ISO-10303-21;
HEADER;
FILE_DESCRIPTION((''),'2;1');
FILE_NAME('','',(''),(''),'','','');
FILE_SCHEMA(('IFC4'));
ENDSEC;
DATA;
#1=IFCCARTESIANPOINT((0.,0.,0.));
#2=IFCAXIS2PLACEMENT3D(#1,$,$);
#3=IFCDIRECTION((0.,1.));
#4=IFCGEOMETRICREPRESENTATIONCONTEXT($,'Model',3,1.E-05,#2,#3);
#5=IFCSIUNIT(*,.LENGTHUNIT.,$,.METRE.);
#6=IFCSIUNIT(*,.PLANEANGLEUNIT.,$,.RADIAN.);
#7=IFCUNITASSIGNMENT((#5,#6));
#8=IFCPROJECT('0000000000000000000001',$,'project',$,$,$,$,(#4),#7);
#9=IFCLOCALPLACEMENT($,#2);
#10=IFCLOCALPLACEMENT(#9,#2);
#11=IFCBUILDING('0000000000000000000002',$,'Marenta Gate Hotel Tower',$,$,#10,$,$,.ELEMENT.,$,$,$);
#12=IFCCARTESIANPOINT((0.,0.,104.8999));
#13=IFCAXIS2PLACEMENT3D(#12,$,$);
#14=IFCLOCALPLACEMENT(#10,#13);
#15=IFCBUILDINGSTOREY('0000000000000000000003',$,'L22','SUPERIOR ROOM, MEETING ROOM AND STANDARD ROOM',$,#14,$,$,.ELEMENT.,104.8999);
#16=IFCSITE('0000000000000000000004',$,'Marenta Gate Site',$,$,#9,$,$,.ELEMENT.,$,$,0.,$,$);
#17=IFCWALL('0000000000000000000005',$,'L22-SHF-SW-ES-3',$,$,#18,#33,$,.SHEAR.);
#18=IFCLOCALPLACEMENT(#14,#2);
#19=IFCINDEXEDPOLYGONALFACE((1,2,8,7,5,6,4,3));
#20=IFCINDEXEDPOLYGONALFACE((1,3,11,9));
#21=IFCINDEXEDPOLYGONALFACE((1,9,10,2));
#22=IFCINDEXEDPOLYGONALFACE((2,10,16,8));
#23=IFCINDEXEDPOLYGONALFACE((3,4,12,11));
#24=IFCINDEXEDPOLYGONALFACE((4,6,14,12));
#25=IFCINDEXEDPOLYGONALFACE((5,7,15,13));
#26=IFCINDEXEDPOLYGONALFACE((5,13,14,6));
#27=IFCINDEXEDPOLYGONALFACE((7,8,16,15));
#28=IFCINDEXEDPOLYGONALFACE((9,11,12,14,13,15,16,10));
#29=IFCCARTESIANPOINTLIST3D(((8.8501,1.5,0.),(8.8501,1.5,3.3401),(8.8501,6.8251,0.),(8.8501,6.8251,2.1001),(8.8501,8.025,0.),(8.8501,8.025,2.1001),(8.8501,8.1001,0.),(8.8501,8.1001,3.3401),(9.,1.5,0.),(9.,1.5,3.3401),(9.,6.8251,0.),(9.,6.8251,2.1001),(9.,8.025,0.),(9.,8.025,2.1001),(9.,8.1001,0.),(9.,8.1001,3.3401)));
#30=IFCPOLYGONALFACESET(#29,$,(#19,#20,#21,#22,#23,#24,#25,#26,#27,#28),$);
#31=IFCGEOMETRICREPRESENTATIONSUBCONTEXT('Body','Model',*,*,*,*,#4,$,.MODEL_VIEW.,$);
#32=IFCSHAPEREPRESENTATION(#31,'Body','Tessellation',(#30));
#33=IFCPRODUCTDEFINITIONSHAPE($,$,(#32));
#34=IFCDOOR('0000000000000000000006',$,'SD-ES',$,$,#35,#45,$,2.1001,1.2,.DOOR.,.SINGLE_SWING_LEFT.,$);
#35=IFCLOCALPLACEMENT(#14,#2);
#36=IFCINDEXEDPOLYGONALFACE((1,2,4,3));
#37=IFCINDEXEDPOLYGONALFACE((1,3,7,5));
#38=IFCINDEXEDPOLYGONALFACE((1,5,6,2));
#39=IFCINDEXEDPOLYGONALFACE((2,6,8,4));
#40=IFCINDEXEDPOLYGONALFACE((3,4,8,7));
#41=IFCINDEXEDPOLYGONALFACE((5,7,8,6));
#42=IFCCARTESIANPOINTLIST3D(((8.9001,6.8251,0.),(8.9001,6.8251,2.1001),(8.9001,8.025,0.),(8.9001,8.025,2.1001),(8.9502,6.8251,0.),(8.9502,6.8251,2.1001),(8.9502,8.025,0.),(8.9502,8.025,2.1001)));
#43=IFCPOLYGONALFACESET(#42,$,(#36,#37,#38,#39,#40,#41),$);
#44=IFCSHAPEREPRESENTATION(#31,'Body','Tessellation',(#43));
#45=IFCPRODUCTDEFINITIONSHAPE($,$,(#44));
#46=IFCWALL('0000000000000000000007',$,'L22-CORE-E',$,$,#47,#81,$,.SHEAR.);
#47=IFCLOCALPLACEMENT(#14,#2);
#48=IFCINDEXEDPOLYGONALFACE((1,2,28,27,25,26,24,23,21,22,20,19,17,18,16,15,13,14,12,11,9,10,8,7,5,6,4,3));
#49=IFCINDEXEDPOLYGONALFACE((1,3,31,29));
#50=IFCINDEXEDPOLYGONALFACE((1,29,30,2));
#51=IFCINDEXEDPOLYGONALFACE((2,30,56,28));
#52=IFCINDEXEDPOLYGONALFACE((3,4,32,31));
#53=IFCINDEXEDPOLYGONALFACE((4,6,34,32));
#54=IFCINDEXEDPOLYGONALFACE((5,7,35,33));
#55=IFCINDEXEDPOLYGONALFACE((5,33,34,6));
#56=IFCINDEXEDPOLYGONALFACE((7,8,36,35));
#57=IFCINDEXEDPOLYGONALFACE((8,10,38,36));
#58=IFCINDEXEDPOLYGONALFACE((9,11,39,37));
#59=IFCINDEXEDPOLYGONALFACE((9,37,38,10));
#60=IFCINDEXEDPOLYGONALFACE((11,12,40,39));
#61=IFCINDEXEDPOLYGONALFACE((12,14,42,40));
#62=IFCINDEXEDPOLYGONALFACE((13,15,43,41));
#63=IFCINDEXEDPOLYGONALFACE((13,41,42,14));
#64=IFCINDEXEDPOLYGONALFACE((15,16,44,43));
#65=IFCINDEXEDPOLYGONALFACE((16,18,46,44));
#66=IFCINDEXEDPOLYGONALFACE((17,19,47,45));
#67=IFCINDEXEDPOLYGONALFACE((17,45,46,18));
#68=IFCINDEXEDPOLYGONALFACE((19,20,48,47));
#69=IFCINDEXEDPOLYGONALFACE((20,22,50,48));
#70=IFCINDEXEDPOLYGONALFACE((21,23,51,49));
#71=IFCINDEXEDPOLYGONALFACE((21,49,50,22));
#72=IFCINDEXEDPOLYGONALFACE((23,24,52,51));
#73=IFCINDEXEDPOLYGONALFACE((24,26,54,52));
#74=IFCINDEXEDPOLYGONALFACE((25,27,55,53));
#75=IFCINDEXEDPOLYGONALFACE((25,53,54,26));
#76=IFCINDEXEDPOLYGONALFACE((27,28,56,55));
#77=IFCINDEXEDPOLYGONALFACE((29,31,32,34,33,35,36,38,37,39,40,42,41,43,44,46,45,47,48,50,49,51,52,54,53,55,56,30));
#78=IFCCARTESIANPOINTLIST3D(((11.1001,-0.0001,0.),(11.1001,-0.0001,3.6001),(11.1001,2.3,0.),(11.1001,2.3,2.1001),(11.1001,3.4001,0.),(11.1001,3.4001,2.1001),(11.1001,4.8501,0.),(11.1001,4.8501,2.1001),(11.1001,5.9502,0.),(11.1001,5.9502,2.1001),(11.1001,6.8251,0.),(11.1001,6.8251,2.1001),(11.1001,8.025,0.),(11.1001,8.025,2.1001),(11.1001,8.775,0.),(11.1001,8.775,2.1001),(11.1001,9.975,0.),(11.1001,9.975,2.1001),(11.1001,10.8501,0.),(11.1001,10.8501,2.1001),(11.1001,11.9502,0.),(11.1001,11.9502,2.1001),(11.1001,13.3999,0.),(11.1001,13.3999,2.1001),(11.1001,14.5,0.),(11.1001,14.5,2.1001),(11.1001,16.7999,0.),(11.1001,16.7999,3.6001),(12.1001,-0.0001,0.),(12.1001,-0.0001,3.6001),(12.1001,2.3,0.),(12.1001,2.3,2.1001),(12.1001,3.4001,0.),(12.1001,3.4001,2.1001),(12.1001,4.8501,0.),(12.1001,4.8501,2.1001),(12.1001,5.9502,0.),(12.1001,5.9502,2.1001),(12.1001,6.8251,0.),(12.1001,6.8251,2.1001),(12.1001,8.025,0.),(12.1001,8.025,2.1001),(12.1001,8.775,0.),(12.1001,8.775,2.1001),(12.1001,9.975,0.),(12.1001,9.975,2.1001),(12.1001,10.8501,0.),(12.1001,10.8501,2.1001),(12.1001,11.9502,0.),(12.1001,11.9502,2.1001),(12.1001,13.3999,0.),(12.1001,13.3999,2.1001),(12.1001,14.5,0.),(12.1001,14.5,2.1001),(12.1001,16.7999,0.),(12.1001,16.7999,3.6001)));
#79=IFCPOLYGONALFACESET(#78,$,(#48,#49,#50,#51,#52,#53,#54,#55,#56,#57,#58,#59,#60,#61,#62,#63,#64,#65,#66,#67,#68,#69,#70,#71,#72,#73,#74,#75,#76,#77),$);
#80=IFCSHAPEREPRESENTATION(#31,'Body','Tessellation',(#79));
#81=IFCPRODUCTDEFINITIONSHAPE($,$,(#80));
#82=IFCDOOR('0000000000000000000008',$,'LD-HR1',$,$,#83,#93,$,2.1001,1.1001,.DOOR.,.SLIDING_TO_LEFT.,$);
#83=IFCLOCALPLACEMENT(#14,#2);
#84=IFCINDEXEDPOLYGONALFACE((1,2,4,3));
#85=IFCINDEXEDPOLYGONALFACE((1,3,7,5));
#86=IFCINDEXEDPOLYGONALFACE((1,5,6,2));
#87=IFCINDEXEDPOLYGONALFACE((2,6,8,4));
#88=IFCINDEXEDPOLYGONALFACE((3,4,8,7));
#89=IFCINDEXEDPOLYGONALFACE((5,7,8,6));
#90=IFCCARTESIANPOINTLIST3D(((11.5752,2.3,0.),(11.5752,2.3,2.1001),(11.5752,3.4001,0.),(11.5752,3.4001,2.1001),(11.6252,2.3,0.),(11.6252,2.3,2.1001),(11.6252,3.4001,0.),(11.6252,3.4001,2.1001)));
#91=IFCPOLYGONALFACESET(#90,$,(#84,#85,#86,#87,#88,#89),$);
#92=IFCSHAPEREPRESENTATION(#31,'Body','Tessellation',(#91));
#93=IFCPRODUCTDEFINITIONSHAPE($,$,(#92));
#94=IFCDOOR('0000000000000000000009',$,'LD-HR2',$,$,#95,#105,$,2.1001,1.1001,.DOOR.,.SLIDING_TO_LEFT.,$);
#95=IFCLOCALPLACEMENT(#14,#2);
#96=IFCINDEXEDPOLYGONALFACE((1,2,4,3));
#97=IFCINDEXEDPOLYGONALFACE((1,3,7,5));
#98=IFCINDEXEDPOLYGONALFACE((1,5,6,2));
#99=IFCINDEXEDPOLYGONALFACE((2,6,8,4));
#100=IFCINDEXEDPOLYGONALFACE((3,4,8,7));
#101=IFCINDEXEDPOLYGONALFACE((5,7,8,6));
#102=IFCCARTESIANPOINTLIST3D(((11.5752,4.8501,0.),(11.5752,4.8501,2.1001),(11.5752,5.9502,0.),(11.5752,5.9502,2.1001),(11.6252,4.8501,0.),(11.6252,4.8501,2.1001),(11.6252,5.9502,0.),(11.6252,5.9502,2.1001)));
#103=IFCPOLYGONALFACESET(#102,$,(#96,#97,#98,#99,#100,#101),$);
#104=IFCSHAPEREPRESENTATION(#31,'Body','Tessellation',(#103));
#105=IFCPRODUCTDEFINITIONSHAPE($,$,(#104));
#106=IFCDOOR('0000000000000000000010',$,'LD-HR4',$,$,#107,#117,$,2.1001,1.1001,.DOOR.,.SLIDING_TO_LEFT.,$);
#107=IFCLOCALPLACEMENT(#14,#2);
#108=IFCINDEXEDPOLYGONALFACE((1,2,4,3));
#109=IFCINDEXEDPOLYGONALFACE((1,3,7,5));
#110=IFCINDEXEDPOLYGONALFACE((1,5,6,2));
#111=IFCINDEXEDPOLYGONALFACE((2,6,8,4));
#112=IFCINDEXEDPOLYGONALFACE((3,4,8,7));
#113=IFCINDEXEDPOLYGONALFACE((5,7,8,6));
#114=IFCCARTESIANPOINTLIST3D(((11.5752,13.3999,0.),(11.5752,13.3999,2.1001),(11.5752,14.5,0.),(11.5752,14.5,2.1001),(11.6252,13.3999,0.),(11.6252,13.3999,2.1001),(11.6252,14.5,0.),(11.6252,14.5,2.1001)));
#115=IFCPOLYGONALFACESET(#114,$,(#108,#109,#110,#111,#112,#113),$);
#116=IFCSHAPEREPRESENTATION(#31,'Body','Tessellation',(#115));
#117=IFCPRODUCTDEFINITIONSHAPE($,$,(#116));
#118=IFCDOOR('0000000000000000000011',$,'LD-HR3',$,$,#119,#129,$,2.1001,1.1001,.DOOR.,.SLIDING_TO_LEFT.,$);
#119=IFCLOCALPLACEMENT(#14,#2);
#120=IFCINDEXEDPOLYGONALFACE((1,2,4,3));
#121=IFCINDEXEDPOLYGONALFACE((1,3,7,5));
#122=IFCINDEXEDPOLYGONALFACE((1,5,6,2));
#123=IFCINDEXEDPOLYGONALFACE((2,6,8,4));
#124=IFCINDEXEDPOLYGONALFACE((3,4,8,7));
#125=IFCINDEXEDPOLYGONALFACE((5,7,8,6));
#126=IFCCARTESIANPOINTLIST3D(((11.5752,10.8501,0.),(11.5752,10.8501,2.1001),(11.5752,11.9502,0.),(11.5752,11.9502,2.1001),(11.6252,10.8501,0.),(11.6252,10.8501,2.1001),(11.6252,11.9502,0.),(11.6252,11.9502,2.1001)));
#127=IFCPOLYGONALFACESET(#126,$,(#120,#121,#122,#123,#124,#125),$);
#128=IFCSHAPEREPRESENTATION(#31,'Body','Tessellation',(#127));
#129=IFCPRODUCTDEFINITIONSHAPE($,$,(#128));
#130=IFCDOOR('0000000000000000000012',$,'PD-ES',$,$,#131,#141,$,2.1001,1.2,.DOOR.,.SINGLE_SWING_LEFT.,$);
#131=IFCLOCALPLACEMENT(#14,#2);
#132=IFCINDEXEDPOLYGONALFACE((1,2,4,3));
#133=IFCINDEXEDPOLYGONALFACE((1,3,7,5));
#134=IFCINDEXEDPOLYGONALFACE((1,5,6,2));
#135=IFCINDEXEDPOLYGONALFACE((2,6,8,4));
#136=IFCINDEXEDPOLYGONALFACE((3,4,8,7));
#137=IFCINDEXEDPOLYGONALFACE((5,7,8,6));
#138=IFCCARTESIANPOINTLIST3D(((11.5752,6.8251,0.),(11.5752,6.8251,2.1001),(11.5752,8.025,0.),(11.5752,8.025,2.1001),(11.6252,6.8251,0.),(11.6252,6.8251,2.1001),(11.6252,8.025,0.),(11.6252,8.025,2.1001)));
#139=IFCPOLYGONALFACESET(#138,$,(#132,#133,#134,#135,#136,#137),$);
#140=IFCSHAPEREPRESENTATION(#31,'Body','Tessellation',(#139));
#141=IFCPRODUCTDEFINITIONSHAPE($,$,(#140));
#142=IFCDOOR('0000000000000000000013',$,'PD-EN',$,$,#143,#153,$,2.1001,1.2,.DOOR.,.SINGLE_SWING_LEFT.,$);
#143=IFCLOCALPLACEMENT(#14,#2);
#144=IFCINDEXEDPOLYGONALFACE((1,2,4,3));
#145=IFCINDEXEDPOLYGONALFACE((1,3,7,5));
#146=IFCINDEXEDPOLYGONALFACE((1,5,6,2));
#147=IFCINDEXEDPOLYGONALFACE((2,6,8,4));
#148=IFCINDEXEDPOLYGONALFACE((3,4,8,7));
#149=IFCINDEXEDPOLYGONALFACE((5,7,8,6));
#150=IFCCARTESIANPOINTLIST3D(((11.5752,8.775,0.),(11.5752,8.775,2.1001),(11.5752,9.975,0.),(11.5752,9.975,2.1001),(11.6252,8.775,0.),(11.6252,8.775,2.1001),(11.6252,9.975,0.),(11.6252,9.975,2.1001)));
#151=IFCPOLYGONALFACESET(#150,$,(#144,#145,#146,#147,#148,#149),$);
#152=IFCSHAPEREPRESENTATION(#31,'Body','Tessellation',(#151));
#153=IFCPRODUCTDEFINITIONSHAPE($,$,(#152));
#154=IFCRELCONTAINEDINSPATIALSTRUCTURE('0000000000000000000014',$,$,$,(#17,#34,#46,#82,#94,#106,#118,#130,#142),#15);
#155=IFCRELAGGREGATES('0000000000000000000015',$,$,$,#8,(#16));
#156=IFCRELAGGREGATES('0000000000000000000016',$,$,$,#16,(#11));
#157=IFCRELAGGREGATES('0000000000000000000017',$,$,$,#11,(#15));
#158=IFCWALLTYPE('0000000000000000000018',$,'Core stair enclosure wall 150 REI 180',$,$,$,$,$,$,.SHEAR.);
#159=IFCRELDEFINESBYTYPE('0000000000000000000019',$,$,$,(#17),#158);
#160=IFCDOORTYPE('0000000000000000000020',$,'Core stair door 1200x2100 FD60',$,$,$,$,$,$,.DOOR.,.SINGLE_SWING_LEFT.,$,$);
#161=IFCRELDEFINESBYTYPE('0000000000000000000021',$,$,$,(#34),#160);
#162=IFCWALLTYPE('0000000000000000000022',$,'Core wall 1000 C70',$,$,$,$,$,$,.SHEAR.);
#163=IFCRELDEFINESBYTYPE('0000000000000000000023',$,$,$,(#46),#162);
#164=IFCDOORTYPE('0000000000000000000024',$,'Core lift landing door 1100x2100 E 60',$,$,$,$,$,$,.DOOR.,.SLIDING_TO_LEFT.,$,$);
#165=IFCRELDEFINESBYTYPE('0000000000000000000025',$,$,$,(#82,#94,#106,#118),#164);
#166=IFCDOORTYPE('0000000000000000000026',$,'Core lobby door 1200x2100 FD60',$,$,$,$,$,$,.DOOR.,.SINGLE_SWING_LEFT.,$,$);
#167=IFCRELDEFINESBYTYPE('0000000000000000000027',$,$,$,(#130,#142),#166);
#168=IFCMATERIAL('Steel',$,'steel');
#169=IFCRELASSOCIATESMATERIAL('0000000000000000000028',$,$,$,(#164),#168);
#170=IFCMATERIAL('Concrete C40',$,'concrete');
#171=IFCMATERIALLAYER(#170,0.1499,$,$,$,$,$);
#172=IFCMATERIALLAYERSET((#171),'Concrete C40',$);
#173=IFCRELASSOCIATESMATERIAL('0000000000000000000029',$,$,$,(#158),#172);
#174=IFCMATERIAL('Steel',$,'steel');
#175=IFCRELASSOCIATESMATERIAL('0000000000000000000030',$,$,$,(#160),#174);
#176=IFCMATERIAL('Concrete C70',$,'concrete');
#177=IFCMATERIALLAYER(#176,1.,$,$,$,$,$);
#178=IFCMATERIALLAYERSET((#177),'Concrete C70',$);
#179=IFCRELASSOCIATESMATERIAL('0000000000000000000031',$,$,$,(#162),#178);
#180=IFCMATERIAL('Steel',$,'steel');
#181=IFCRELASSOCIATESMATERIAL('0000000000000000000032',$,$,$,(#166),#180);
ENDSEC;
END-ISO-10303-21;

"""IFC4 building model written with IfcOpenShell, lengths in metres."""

from ifc_helpers import new_model, si_unit, direction, frame, frame_2d, origin, place, context, subcontext, project, spatial, rectangle, extrude, material, layer, layer_set, type_object, element, fill, save


model = new_model("IFC4")

# Units and contexts
model_context = context("Model", 3, precision=1e-05, world=origin(), true_north=direction((0.0, 1.0)))
body_context = subcontext(model_context, "Body", "Model", "MODEL_VIEW")
ifc_project = project(units=[si_unit("LENGTHUNIT", "METRE"), si_unit("PLANEANGLEUNIT", "RADIAN")], contexts=[model_context])

# Site, building, storey
site_placement = place(None, origin())
site = spatial("IfcSite", under=ifc_project, at=site_placement, Name="Marenta Gate Site", CompositionType="ELEMENT", RefElevation=0.0)
building_placement = place(site_placement, origin())
building = spatial("IfcBuilding", under=site, at=building_placement, Name="Marenta Gate Hotel Tower", CompositionType="ELEMENT")
storey_placement = place(building_placement, frame((0.0, 0.0, 104.8999)))
storey = spatial("IfcBuildingStorey", under=building, at=storey_placement, Name="L22", Description="SUPERIOR ROOM, MEETING ROOM AND STANDARD ROOM", CompositionType="ELEMENT", Elevation=104.8999)

# Shared definitions
ifc_material_1 = material(Name="Steel", Category="steel")
door_type_1 = type_object("IfcDoorType", Name="Core lift landing door 1100x2100 E 60", OperationType="SLIDING_TO_LEFT", PredefinedType="DOOR", material=ifc_material_1)

# Wall, opening, door
ifc_material_2 = material(Name="Concrete C40", Category="concrete")
ifc_layer_1 = layer(ifc_material_2, 0.1499)
ifc_layer_set_1 = layer_set([ifc_layer_1], Name="Concrete C40")
wall_type_1 = type_object("IfcWallType", Name="Core stair enclosure wall 150 REI 180", PredefinedType="SHEAR", material=ifc_layer_set_1)
wall_1_placement = place(storey_placement, frame((8.925, 1.5, 0.0), z_axis=(0.0, 0.0, 1.0), x_axis=(0.0, 1.0, 0.0)))
wall_1 = element("IfcWall", 1, at=wall_1_placement, inside=storey, type_object=wall_type_1, Name="L22-SHF-SW-ES-3", PredefinedType="SHEAR", context=body_context, shape_type="SweptSolid", body=[
    extrude(rectangle(XDim=6.6001, YDim=0.1499, at=frame_2d((3.3, 0.0))), origin(), (0.0, 0.0, 1.0), 3.3401),
])
opening_1_placement = place(wall_1_placement, frame((5.325, 0.0, 0.0)))
opening_1 = element("IfcOpeningElement", 2, at=opening_1_placement, cuts=wall_1, PredefinedType="OPENING", context=body_context, shape_type="SweptSolid", body=[
    extrude(rectangle(XDim=1.2, YDim=2.1001, at=frame_2d((0.6001, 1.05))), frame((0.0, 0.075, 0.0), z_axis=(0.0, -1.0, 0.0), x_axis=(1.0, 0.0, 0.0)), (0.0, 0.0, 1.0), 0.1499),
])
ifc_material_3 = material(Name="Steel", Category="steel")
door_type_2 = type_object("IfcDoorType", Name="Core stair door 1200x2100 FD60", OperationType="SINGLE_SWING_LEFT", PredefinedType="DOOR", material=ifc_material_3)
door_1_placement = place(opening_1_placement, origin())
door_1 = element("IfcDoor", 3, at=door_1_placement, inside=storey, type_object=door_type_2, Name="SD-ES", OperationType="SINGLE_SWING_LEFT", OverallHeight=2.1001, OverallWidth=1.2, PredefinedType="DOOR", context=body_context, shape_type="SweptSolid", body=[
    extrude(rectangle(XDim=1.2, YDim=2.1001, at=frame_2d((0.6001, 1.05))), frame((0.0, 0.0249, 0.0), z_axis=(0.0, -1.0, 0.0), x_axis=(1.0, 0.0, 0.0)), (0.0, 0.0, 1.0), 0.05),
])
fill(opening_1, door_1)

# Wall, openings, doors
ifc_material_4 = material(Name="Concrete C70", Category="concrete")
ifc_layer_2 = layer(ifc_material_4, 1.0)
ifc_layer_set_2 = layer_set([ifc_layer_2], Name="Concrete C70")
wall_type_2 = type_object("IfcWallType", Name="Core wall 1000 C70", PredefinedType="SHEAR", material=ifc_layer_set_2)
wall_2_placement = place(storey_placement, frame((11.6001, 0.0, 0.0), z_axis=(0.0, 0.0, 1.0), x_axis=(0.0, 1.0, 0.0)))
wall_2 = element("IfcWall", 4, at=wall_2_placement, inside=storey, type_object=wall_type_2, Name="L22-CORE-E", PredefinedType="SHEAR", context=body_context, shape_type="SweptSolid", body=[
    extrude(rectangle(XDim=16.8, YDim=1.0, at=frame_2d((8.3999, 0.0))), origin(), (0.0, 0.0, 1.0), 3.6001),
])
opening_2_placement = place(wall_2_placement, frame((2.3, 0.0, 0.0)))
opening_2 = element("IfcOpeningElement", 5, at=opening_2_placement, cuts=wall_2, PredefinedType="OPENING", context=body_context, shape_type="SweptSolid", body=[
    extrude(rectangle(XDim=1.1001, YDim=2.1001, at=frame_2d((0.55, 1.05))), frame((0.0, 0.5, 0.0), z_axis=(0.0, -1.0, 0.0), x_axis=(1.0, 0.0, 0.0)), (0.0, 0.0, 1.0), 1.0),
])
opening_3_placement = place(wall_2_placement, frame((4.8501, 0.0, 0.0)))
opening_3 = element("IfcOpeningElement", 6, at=opening_3_placement, cuts=wall_2, PredefinedType="OPENING", context=body_context, shape_type="SweptSolid", body=[
    extrude(rectangle(XDim=1.1001, YDim=2.1001, at=frame_2d((0.55, 1.05))), frame((0.0, 0.5, 0.0), z_axis=(0.0, -1.0, 0.0), x_axis=(1.0, 0.0, 0.0)), (0.0, 0.0, 1.0), 1.0),
])
opening_4_placement = place(wall_2_placement, frame((6.825, 0.0, 0.0)))
opening_4 = element("IfcOpeningElement", 7, at=opening_4_placement, cuts=wall_2, PredefinedType="OPENING", context=body_context, shape_type="SweptSolid", body=[
    extrude(rectangle(XDim=1.2, YDim=2.1001, at=frame_2d((0.6001, 1.05))), frame((0.0, 0.5, 0.0), z_axis=(0.0, -1.0, 0.0), x_axis=(1.0, 0.0, 0.0)), (0.0, 0.0, 1.0), 1.0),
])
opening_5_placement = place(wall_2_placement, frame((13.3999, 0.0, 0.0)))
opening_5 = element("IfcOpeningElement", 8, at=opening_5_placement, cuts=wall_2, PredefinedType="OPENING", context=body_context, shape_type="SweptSolid", body=[
    extrude(rectangle(XDim=1.1001, YDim=2.1001, at=frame_2d((0.55, 1.05))), frame((0.0, 0.5, 0.0), z_axis=(0.0, -1.0, 0.0), x_axis=(1.0, 0.0, 0.0)), (0.0, 0.0, 1.0), 1.0),
])
opening_6_placement = place(wall_2_placement, frame((10.8501, 0.0, 0.0)))
opening_6 = element("IfcOpeningElement", 9, at=opening_6_placement, cuts=wall_2, PredefinedType="OPENING", context=body_context, shape_type="SweptSolid", body=[
    extrude(rectangle(XDim=1.1001, YDim=2.1001, at=frame_2d((0.55, 1.05))), frame((0.0, 0.5, 0.0), z_axis=(0.0, -1.0, 0.0), x_axis=(1.0, 0.0, 0.0)), (0.0, 0.0, 1.0), 1.0),
])
opening_7_placement = place(wall_2_placement, frame((8.7749, 0.0, 0.0)))
opening_7 = element("IfcOpeningElement", 10, at=opening_7_placement, cuts=wall_2, PredefinedType="OPENING", context=body_context, shape_type="SweptSolid", body=[
    extrude(rectangle(XDim=1.2, YDim=2.1001, at=frame_2d((0.6001, 1.05))), frame((0.0, 0.5, 0.0), z_axis=(0.0, -1.0, 0.0), x_axis=(1.0, 0.0, 0.0)), (0.0, 0.0, 1.0), 1.0),
])
door_2_placement = place(opening_2_placement, origin())
door_2 = element("IfcDoor", 11, at=door_2_placement, inside=storey, type_object=door_type_1, Name="LD-HR1", OperationType="SLIDING_TO_LEFT", OverallHeight=2.1001, OverallWidth=1.1001, PredefinedType="DOOR", context=body_context, shape_type="SweptSolid", body=[
    extrude(rectangle(XDim=1.1001, YDim=2.1001, at=frame_2d((0.55, 1.05))), frame((0.0, 0.0249, 0.0), z_axis=(0.0, -1.0, 0.0), x_axis=(1.0, 0.0, 0.0)), (0.0, 0.0, 1.0), 0.05),
])
fill(opening_2, door_2)
door_3_placement = place(opening_3_placement, origin())
door_3 = element("IfcDoor", 12, at=door_3_placement, inside=storey, type_object=door_type_1, Name="LD-HR2", OperationType="SLIDING_TO_LEFT", OverallHeight=2.1001, OverallWidth=1.1001, PredefinedType="DOOR", context=body_context, shape_type="SweptSolid", body=[
    extrude(rectangle(XDim=1.1001, YDim=2.1001, at=frame_2d((0.55, 1.05))), frame((0.0, 0.0249, 0.0), z_axis=(0.0, -1.0, 0.0), x_axis=(1.0, 0.0, 0.0)), (0.0, 0.0, 1.0), 0.05),
])
fill(opening_3, door_3)
door_4_placement = place(opening_5_placement, origin())
door_4 = element("IfcDoor", 13, at=door_4_placement, inside=storey, type_object=door_type_1, Name="LD-HR4", OperationType="SLIDING_TO_LEFT", OverallHeight=2.1001, OverallWidth=1.1001, PredefinedType="DOOR", context=body_context, shape_type="SweptSolid", body=[
    extrude(rectangle(XDim=1.1001, YDim=2.1001, at=frame_2d((0.55, 1.05))), frame((0.0, 0.0249, 0.0), z_axis=(0.0, -1.0, 0.0), x_axis=(1.0, 0.0, 0.0)), (0.0, 0.0, 1.0), 0.05),
])
fill(opening_5, door_4)
door_5_placement = place(opening_6_placement, origin())
door_5 = element("IfcDoor", 14, at=door_5_placement, inside=storey, type_object=door_type_1, Name="LD-HR3", OperationType="SLIDING_TO_LEFT", OverallHeight=2.1001, OverallWidth=1.1001, PredefinedType="DOOR", context=body_context, shape_type="SweptSolid", body=[
    extrude(rectangle(XDim=1.1001, YDim=2.1001, at=frame_2d((0.55, 1.05))), frame((0.0, 0.0249, 0.0), z_axis=(0.0, -1.0, 0.0), x_axis=(1.0, 0.0, 0.0)), (0.0, 0.0, 1.0), 0.05),
])
fill(opening_6, door_5)
ifc_material_5 = material(Name="Steel", Category="steel")
door_type_3 = type_object("IfcDoorType", Name="Core lobby door 1200x2100 FD60", OperationType="SINGLE_SWING_LEFT", PredefinedType="DOOR", material=ifc_material_5)
door_6_placement = place(opening_4_placement, origin())
door_6 = element("IfcDoor", 15, at=door_6_placement, inside=storey, type_object=door_type_3, Name="PD-ES", OperationType="SINGLE_SWING_LEFT", OverallHeight=2.1001, OverallWidth=1.2, PredefinedType="DOOR", context=body_context, shape_type="SweptSolid", body=[
    extrude(rectangle(XDim=1.2, YDim=2.1001, at=frame_2d((0.6001, 1.05))), frame((0.0, 0.0249, 0.0), z_axis=(0.0, -1.0, 0.0), x_axis=(1.0, 0.0, 0.0)), (0.0, 0.0, 1.0), 0.05),
])
fill(opening_4, door_6)
door_7_placement = place(opening_7_placement, origin())
door_7 = element("IfcDoor", 16, at=door_7_placement, inside=storey, type_object=door_type_3, Name="PD-EN", OperationType="SINGLE_SWING_LEFT", OverallHeight=2.1001, OverallWidth=1.2, PredefinedType="DOOR", context=body_context, shape_type="SweptSolid", body=[
    extrude(rectangle(XDim=1.2, YDim=2.1001, at=frame_2d((0.6001, 1.05))), frame((0.0, 0.0249, 0.0), z_axis=(0.0, -1.0, 0.0), x_axis=(1.0, 0.0, 0.0)), (0.0, 0.0, 1.0), 0.05),
])
fill(opening_7, door_7)

save(model, "model.ifc")
